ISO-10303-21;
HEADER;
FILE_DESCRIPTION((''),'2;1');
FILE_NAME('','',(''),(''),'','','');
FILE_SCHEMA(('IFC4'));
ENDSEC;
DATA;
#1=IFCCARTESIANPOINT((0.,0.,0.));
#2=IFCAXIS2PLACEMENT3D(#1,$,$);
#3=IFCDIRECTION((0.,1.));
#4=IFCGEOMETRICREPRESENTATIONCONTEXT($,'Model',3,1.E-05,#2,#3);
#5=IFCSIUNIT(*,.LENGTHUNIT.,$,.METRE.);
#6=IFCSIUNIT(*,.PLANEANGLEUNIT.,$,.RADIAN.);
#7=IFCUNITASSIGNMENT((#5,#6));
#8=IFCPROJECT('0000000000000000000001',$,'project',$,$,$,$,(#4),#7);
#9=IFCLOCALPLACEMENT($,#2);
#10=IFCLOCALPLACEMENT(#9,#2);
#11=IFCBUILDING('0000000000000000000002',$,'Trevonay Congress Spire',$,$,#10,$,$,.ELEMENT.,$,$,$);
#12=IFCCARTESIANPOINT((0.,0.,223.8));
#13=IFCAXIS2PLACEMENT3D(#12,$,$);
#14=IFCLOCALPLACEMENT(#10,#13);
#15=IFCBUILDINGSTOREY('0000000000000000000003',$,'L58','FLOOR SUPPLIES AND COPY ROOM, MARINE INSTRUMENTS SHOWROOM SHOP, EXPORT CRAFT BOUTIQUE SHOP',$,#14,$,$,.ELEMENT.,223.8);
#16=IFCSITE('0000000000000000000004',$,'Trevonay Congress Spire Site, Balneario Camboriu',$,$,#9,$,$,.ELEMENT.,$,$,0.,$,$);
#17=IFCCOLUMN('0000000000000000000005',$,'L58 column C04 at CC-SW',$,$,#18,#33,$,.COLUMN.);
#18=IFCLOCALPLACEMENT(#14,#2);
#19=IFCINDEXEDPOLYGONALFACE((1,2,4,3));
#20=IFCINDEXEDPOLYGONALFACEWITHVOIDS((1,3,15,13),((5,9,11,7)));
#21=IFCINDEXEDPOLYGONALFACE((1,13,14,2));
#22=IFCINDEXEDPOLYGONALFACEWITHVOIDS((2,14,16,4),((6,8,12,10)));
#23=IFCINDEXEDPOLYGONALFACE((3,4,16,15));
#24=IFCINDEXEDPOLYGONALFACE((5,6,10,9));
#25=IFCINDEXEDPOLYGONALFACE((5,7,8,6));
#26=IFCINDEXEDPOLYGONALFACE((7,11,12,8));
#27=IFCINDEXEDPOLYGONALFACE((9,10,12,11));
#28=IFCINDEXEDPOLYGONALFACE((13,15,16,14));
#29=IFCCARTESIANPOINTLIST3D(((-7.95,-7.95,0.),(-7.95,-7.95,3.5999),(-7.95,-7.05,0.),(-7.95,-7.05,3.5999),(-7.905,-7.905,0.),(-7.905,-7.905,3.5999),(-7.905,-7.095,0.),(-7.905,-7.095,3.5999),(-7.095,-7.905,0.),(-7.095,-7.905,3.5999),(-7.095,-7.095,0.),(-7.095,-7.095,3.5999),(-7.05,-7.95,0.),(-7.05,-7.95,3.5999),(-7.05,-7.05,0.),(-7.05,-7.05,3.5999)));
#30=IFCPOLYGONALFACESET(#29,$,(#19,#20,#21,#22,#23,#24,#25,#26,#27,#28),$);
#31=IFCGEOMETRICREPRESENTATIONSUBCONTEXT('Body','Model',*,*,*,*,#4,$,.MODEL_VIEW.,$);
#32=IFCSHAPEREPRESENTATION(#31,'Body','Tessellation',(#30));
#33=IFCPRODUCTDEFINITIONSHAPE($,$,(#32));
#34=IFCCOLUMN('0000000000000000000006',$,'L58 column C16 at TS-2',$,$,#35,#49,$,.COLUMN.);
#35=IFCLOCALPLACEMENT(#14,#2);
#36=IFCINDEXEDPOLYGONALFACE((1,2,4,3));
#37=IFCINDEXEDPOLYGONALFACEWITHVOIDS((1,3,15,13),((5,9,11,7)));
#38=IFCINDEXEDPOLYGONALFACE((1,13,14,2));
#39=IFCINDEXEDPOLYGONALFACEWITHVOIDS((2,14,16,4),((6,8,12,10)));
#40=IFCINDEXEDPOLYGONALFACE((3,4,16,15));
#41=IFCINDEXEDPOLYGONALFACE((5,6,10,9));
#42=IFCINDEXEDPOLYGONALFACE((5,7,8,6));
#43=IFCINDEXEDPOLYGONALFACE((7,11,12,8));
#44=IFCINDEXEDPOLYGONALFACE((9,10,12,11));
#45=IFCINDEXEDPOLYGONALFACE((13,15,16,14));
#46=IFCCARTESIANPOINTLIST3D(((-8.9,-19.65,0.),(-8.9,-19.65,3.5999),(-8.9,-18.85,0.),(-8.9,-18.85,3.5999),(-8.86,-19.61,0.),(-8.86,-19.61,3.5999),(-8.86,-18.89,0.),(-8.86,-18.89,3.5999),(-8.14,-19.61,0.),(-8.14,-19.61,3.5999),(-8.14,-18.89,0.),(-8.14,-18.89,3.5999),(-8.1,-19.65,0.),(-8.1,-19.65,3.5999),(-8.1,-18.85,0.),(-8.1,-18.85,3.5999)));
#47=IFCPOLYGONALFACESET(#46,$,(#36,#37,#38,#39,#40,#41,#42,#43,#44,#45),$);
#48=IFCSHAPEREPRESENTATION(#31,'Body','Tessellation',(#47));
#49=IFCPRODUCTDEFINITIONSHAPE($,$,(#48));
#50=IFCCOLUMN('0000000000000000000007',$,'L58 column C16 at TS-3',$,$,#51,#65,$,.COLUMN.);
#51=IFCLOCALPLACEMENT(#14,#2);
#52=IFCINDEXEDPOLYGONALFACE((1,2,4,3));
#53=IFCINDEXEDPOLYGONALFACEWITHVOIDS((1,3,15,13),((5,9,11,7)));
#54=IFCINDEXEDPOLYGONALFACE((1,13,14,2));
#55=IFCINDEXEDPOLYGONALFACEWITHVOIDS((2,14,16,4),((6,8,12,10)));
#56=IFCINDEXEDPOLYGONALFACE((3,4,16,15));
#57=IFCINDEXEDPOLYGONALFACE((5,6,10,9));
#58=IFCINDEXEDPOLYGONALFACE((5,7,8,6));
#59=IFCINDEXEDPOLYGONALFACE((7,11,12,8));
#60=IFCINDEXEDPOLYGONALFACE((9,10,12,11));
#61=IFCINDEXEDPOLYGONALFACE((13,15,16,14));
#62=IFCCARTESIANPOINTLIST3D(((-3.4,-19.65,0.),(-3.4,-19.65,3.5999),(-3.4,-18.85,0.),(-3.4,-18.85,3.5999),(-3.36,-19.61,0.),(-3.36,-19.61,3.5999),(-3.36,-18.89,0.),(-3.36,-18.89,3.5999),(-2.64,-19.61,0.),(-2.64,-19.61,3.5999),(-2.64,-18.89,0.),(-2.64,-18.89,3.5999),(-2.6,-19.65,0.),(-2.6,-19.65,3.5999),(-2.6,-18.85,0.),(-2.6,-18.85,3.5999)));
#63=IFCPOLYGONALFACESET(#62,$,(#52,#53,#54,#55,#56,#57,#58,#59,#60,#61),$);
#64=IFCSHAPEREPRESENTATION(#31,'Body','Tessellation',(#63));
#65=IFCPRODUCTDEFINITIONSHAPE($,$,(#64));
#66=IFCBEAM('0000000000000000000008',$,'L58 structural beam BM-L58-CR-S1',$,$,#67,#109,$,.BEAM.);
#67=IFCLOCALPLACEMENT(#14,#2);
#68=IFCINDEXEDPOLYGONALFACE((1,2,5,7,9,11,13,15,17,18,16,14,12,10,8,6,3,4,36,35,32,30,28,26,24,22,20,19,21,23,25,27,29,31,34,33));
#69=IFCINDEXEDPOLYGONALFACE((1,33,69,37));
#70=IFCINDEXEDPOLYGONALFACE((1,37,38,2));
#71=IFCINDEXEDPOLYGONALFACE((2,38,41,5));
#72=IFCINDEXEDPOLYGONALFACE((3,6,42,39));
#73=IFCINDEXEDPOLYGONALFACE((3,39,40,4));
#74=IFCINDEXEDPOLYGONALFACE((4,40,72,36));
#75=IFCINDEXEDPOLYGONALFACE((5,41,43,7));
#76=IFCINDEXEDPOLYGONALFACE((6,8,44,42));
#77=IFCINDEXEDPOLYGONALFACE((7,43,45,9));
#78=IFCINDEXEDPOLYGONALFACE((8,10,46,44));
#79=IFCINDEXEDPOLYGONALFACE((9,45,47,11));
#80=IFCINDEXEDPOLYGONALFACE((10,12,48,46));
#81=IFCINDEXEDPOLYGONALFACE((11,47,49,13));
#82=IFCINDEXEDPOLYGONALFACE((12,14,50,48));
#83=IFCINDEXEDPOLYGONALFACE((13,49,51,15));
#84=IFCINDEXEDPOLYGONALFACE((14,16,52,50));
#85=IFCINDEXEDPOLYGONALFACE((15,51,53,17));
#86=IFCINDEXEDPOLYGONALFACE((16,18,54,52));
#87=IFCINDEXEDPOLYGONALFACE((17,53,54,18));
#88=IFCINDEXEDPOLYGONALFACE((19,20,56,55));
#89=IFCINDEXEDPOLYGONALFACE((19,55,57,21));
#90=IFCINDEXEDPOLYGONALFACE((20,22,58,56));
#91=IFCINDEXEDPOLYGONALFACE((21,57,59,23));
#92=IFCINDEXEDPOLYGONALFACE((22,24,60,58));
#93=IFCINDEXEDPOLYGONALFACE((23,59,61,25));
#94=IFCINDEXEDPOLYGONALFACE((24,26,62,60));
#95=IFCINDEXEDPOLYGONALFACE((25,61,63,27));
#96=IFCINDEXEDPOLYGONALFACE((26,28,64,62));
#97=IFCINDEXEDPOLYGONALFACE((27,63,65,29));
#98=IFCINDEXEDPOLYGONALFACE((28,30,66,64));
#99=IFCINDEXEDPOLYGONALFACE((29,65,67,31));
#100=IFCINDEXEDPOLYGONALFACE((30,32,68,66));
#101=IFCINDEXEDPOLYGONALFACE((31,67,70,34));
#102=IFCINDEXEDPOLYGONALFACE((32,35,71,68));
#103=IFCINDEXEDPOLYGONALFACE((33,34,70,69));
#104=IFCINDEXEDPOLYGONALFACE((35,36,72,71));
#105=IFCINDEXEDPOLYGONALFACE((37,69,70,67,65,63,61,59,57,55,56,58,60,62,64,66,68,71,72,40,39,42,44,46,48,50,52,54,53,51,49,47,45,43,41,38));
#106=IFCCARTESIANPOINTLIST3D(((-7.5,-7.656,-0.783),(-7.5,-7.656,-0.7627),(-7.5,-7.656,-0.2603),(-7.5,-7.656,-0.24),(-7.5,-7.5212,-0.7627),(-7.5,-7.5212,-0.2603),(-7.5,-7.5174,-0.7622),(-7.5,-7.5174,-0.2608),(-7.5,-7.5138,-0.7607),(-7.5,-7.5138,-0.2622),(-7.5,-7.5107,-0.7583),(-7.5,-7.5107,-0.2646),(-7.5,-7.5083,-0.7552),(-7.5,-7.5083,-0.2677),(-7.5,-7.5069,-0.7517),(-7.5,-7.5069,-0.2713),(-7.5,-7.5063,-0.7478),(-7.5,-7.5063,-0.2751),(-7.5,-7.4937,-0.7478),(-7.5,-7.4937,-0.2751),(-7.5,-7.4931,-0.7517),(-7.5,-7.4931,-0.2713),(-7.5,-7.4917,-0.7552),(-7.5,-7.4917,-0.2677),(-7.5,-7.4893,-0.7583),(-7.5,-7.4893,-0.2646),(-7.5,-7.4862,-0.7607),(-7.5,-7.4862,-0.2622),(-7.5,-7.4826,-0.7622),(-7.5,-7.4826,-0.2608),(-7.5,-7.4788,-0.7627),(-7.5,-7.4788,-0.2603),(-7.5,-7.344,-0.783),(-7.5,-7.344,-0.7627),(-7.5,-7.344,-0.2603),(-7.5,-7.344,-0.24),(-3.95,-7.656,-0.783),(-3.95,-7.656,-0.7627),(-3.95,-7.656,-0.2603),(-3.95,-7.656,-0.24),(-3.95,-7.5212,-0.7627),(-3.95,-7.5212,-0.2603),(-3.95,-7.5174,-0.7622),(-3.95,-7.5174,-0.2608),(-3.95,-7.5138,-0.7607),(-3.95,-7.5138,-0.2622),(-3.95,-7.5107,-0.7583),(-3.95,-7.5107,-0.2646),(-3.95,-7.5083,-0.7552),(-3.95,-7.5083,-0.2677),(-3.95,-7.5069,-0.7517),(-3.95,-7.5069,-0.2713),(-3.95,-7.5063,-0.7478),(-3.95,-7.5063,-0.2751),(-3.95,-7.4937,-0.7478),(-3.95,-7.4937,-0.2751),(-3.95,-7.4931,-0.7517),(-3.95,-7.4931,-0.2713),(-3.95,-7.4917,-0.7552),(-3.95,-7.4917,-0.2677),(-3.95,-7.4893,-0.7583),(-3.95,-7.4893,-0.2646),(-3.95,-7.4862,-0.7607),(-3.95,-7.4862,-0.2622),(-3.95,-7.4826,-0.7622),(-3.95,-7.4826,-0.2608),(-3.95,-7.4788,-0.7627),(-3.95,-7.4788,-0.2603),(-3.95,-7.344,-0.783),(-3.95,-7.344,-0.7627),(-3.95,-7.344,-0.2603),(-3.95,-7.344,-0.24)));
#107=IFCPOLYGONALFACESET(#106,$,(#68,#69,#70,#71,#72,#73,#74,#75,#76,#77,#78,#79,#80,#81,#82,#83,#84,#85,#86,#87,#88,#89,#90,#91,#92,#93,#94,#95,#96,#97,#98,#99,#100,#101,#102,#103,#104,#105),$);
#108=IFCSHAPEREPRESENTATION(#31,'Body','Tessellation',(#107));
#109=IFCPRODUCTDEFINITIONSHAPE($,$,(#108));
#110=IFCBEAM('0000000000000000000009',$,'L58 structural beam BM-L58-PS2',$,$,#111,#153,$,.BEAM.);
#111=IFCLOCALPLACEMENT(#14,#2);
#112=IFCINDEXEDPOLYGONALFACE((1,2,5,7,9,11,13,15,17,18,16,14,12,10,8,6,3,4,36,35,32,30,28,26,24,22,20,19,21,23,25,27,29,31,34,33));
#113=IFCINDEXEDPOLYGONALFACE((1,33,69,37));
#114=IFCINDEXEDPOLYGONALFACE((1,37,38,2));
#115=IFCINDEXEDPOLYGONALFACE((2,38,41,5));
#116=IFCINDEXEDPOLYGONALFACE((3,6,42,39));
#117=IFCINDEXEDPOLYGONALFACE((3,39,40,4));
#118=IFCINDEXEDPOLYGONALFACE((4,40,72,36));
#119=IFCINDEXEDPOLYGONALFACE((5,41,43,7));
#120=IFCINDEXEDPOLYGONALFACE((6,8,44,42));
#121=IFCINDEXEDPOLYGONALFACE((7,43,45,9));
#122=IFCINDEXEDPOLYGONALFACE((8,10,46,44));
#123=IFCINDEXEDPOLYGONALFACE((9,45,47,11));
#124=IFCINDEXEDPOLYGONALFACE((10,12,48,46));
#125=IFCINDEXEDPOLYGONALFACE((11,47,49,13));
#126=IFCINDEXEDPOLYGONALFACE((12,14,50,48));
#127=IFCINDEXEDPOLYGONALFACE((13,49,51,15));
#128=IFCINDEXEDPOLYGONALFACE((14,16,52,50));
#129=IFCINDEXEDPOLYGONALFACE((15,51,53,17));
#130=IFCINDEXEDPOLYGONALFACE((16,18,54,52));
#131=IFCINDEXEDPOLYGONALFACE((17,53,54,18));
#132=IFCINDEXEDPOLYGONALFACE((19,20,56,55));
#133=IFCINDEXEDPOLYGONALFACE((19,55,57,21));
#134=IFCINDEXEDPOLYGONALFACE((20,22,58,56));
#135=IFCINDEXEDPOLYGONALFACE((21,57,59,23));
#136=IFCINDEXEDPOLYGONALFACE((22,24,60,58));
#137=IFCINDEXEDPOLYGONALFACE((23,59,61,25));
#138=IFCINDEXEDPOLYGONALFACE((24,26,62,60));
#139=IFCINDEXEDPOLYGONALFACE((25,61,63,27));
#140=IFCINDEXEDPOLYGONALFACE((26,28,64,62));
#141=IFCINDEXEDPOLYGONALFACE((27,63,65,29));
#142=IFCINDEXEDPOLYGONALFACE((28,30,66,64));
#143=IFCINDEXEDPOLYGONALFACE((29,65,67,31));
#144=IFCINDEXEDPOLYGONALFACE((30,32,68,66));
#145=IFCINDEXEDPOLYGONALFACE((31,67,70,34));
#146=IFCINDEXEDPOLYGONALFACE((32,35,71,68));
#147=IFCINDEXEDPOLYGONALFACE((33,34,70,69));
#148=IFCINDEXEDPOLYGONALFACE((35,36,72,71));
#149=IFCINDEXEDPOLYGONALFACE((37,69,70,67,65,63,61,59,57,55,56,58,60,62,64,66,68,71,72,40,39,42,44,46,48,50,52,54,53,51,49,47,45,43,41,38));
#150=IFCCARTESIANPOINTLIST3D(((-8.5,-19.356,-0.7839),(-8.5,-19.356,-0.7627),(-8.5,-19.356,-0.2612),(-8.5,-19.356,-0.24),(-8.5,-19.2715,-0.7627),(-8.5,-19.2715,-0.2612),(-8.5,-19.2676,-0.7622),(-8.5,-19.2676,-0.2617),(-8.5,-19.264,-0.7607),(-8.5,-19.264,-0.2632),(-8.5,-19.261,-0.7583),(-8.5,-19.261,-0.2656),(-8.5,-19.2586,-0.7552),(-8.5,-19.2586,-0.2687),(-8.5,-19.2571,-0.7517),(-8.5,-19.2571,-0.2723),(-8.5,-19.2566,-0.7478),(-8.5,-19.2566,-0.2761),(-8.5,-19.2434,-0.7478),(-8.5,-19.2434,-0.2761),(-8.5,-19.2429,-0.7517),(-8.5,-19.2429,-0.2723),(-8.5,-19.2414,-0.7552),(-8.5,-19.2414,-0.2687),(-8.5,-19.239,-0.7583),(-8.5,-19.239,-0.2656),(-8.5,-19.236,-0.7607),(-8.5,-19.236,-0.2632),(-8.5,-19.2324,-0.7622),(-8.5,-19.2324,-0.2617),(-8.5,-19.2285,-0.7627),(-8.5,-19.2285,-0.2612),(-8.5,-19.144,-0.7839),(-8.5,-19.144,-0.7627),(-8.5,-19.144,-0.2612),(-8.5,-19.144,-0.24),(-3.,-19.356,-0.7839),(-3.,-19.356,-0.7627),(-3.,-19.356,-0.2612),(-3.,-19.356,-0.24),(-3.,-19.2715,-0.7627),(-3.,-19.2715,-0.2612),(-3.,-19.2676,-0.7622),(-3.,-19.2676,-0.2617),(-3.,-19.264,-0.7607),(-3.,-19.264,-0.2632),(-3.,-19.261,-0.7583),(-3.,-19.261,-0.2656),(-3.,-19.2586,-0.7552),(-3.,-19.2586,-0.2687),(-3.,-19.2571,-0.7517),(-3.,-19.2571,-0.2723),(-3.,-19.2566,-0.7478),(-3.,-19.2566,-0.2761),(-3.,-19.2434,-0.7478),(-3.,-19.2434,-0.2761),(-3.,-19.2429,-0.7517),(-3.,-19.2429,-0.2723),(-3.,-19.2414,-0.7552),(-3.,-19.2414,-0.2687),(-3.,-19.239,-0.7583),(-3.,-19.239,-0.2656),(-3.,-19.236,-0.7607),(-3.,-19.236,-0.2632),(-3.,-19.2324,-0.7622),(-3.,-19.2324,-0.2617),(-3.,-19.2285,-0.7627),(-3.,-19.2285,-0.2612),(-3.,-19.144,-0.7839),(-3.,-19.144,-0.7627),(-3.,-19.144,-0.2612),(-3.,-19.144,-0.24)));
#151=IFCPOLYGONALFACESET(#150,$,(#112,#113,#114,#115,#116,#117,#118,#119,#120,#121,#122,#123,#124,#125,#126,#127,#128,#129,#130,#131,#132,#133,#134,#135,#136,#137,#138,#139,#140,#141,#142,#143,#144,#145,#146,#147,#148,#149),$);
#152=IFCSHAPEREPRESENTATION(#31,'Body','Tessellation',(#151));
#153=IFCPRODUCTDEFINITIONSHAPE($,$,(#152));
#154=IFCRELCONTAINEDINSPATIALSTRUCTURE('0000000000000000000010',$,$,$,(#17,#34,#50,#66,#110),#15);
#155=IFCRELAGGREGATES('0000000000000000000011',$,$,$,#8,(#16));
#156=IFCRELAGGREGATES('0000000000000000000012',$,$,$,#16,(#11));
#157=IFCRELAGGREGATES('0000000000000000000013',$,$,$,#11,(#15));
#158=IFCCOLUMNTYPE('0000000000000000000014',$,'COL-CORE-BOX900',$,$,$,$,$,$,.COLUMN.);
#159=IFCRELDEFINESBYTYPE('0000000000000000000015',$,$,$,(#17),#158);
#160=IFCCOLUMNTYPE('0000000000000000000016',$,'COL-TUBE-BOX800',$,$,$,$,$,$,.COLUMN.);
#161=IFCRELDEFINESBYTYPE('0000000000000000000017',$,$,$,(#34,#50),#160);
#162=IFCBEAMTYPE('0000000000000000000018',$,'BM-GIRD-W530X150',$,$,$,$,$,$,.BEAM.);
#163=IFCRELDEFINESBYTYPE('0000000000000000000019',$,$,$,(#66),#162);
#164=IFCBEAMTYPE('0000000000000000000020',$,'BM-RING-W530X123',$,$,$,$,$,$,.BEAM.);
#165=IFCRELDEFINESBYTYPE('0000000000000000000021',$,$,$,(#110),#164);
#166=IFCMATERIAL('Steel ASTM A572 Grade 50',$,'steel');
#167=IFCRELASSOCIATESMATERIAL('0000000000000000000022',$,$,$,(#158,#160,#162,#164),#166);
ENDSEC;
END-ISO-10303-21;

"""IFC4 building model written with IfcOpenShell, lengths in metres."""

from ifc_helpers import new_model, si_unit, direction, frame, origin, origin_2d, place, context, subcontext, project, spatial, hollow_rectangle, i_section, extrude, material, material_profile, profile_set, type_object, element, save


model = new_model("IFC4")

# Units and contexts
model_context = context("Model", 3, precision=1e-05, world=origin(), true_north=direction((0.0, 1.0)))
body_context = subcontext(model_context, "Body", "Model", "MODEL_VIEW")
ifc_project = project(units=[si_unit("LENGTHUNIT", "METRE"), si_unit("PLANEANGLEUNIT", "RADIAN")], contexts=[model_context])

# Site, building, storey
site_placement = place(None, origin())
site = spatial("IfcSite", under=ifc_project, at=site_placement, Name="Trevonay Congress Spire Site, Balneario Camboriu", CompositionType="ELEMENT", RefElevation=0.0)
building_placement = place(site_placement, origin())
building = spatial("IfcBuilding", under=site, at=building_placement, Name="Trevonay Congress Spire", CompositionType="ELEMENT")
storey_placement = place(building_placement, frame((0.0, 0.0, 223.8)))
storey = spatial("IfcBuildingStorey", under=building, at=storey_placement, Name="L58", Description="FLOOR SUPPLIES AND COPY ROOM, MARINE INSTRUMENTS SHOWROOM SHOP, EXPORT CRAFT BOUTIQUE SHOP", CompositionType="ELEMENT", Elevation=223.8)

# Columns
ifc_material_1 = material(Name="Steel ASTM A572 Grade 50", Category="steel")
ifc_material_profile_1 = material_profile(ifc_material_1, hollow_rectangle(XDim=0.8999, YDim=0.8999, WallThickness=0.0449, at=origin_2d()), Name="BOX 900x900x45")
ifc_profile_set_1 = profile_set([ifc_material_profile_1], Name="Steel ASTM A572 Grade 50")
column_type_1 = type_object("IfcColumnType", Name="COL-CORE-BOX900", PredefinedType="COLUMN", material=ifc_profile_set_1)
column_placement = place(storey_placement, frame((-7.5, -7.5, 0.0), z_axis=(0.0, 0.0, 1.0), x_axis=(1.0, 0.0, 0.0)))
element("IfcColumn", 1, at=column_placement, inside=storey, type_object=column_type_1, Name="L58 column C04 at CC-SW", PredefinedType="COLUMN", context=body_context, shape_type="SweptSolid", body=[
    extrude(hollow_rectangle(XDim=0.8999, YDim=0.8999, WallThickness=0.0449, at=origin_2d()), origin(), (0.0, 0.0, 1.0), 3.5999),
])
ifc_material_profile_2 = material_profile(ifc_material_1, hollow_rectangle(XDim=0.8, YDim=0.8, WallThickness=0.04, at=origin_2d()), Name="BOX 800x800x40")
ifc_profile_set_2 = profile_set([ifc_material_profile_2], Name="Steel ASTM A572 Grade 50")
column_type_2 = type_object("IfcColumnType", Name="COL-TUBE-BOX800", PredefinedType="COLUMN", material=ifc_profile_set_2)
for number, where, z_axis, x_axis, name in (
    (2, (-8.5, -19.25, 0.0), (0.0, 0.0, 1.0), (1.0, 0.0, 0.0), "L58 column C16 at TS-2"),
    (3, (-3.0, -19.25, 0.0), (0.0, 0.0, 1.0), (1.0, 0.0, 0.0), "L58 column C16 at TS-3"),
):
    element("IfcColumn", number, at=place(storey_placement, frame(where, z_axis=z_axis, x_axis=x_axis)), inside=storey, type_object=column_type_2, Name=name, PredefinedType="COLUMN", context=body_context, shape_type="SweptSolid", body=[
        extrude(hollow_rectangle(XDim=0.8, YDim=0.8, WallThickness=0.04, at=origin_2d()), origin(), (0.0, 0.0, 1.0), 3.5999),
    ])

# Beams
ifc_material_profile_3 = material_profile(ifc_material_1, i_section(OverallWidth=0.312, OverallDepth=0.543, WebThickness=0.0127, FlangeThickness=0.0203, FilletRadius=0.0149, at=origin_2d()), Name="W530x150")
ifc_profile_set_3 = profile_set([ifc_material_profile_3], Name="Steel ASTM A572 Grade 50")
beam_type_1 = type_object("IfcBeamType", Name="BM-GIRD-W530X150", PredefinedType="BEAM", material=ifc_profile_set_3)
beam_1_placement = place(storey_placement, frame((-7.5, -7.5, -0.5115), z_axis=(1.0, 0.0, 0.0), x_axis=(0.0, 1.0, 0.0)))
element("IfcBeam", 4, at=beam_1_placement, inside=storey, type_object=beam_type_1, Name="L58 structural beam BM-L58-CR-S1", PredefinedType="BEAM", context=body_context, shape_type="SweptSolid", body=[
    extrude(i_section(OverallWidth=0.312, OverallDepth=0.543, WebThickness=0.0127, FlangeThickness=0.0203, FilletRadius=0.0149, at=origin_2d()), origin(), (0.0, 0.0, 1.0), 3.55),
])
ifc_material_profile_4 = material_profile(ifc_material_1, i_section(OverallWidth=0.2119, OverallDepth=0.5439, WebThickness=0.0132, FlangeThickness=0.0212, FilletRadius=0.0149, at=origin_2d()), Name="W530x123")
ifc_profile_set_4 = profile_set([ifc_material_profile_4], Name="Steel ASTM A572 Grade 50")
beam_type_2 = type_object("IfcBeamType", Name="BM-RING-W530X123", PredefinedType="BEAM", material=ifc_profile_set_4)
beam_2_placement = place(storey_placement, frame((-8.5, -19.25, -0.512), z_axis=(1.0, 0.0, 0.0), x_axis=(0.0, 1.0, 0.0)))
element("IfcBeam", 5, at=beam_2_placement, inside=storey, type_object=beam_type_2, Name="L58 structural beam BM-L58-PS2", PredefinedType="BEAM", context=body_context, shape_type="SweptSolid", body=[
    extrude(i_section(OverallWidth=0.2119, OverallDepth=0.5439, WebThickness=0.0132, FlangeThickness=0.0212, FilletRadius=0.0149, at=origin_2d()), origin(), (0.0, 0.0, 1.0), 5.5),
])

save(model, "model.ifc")
